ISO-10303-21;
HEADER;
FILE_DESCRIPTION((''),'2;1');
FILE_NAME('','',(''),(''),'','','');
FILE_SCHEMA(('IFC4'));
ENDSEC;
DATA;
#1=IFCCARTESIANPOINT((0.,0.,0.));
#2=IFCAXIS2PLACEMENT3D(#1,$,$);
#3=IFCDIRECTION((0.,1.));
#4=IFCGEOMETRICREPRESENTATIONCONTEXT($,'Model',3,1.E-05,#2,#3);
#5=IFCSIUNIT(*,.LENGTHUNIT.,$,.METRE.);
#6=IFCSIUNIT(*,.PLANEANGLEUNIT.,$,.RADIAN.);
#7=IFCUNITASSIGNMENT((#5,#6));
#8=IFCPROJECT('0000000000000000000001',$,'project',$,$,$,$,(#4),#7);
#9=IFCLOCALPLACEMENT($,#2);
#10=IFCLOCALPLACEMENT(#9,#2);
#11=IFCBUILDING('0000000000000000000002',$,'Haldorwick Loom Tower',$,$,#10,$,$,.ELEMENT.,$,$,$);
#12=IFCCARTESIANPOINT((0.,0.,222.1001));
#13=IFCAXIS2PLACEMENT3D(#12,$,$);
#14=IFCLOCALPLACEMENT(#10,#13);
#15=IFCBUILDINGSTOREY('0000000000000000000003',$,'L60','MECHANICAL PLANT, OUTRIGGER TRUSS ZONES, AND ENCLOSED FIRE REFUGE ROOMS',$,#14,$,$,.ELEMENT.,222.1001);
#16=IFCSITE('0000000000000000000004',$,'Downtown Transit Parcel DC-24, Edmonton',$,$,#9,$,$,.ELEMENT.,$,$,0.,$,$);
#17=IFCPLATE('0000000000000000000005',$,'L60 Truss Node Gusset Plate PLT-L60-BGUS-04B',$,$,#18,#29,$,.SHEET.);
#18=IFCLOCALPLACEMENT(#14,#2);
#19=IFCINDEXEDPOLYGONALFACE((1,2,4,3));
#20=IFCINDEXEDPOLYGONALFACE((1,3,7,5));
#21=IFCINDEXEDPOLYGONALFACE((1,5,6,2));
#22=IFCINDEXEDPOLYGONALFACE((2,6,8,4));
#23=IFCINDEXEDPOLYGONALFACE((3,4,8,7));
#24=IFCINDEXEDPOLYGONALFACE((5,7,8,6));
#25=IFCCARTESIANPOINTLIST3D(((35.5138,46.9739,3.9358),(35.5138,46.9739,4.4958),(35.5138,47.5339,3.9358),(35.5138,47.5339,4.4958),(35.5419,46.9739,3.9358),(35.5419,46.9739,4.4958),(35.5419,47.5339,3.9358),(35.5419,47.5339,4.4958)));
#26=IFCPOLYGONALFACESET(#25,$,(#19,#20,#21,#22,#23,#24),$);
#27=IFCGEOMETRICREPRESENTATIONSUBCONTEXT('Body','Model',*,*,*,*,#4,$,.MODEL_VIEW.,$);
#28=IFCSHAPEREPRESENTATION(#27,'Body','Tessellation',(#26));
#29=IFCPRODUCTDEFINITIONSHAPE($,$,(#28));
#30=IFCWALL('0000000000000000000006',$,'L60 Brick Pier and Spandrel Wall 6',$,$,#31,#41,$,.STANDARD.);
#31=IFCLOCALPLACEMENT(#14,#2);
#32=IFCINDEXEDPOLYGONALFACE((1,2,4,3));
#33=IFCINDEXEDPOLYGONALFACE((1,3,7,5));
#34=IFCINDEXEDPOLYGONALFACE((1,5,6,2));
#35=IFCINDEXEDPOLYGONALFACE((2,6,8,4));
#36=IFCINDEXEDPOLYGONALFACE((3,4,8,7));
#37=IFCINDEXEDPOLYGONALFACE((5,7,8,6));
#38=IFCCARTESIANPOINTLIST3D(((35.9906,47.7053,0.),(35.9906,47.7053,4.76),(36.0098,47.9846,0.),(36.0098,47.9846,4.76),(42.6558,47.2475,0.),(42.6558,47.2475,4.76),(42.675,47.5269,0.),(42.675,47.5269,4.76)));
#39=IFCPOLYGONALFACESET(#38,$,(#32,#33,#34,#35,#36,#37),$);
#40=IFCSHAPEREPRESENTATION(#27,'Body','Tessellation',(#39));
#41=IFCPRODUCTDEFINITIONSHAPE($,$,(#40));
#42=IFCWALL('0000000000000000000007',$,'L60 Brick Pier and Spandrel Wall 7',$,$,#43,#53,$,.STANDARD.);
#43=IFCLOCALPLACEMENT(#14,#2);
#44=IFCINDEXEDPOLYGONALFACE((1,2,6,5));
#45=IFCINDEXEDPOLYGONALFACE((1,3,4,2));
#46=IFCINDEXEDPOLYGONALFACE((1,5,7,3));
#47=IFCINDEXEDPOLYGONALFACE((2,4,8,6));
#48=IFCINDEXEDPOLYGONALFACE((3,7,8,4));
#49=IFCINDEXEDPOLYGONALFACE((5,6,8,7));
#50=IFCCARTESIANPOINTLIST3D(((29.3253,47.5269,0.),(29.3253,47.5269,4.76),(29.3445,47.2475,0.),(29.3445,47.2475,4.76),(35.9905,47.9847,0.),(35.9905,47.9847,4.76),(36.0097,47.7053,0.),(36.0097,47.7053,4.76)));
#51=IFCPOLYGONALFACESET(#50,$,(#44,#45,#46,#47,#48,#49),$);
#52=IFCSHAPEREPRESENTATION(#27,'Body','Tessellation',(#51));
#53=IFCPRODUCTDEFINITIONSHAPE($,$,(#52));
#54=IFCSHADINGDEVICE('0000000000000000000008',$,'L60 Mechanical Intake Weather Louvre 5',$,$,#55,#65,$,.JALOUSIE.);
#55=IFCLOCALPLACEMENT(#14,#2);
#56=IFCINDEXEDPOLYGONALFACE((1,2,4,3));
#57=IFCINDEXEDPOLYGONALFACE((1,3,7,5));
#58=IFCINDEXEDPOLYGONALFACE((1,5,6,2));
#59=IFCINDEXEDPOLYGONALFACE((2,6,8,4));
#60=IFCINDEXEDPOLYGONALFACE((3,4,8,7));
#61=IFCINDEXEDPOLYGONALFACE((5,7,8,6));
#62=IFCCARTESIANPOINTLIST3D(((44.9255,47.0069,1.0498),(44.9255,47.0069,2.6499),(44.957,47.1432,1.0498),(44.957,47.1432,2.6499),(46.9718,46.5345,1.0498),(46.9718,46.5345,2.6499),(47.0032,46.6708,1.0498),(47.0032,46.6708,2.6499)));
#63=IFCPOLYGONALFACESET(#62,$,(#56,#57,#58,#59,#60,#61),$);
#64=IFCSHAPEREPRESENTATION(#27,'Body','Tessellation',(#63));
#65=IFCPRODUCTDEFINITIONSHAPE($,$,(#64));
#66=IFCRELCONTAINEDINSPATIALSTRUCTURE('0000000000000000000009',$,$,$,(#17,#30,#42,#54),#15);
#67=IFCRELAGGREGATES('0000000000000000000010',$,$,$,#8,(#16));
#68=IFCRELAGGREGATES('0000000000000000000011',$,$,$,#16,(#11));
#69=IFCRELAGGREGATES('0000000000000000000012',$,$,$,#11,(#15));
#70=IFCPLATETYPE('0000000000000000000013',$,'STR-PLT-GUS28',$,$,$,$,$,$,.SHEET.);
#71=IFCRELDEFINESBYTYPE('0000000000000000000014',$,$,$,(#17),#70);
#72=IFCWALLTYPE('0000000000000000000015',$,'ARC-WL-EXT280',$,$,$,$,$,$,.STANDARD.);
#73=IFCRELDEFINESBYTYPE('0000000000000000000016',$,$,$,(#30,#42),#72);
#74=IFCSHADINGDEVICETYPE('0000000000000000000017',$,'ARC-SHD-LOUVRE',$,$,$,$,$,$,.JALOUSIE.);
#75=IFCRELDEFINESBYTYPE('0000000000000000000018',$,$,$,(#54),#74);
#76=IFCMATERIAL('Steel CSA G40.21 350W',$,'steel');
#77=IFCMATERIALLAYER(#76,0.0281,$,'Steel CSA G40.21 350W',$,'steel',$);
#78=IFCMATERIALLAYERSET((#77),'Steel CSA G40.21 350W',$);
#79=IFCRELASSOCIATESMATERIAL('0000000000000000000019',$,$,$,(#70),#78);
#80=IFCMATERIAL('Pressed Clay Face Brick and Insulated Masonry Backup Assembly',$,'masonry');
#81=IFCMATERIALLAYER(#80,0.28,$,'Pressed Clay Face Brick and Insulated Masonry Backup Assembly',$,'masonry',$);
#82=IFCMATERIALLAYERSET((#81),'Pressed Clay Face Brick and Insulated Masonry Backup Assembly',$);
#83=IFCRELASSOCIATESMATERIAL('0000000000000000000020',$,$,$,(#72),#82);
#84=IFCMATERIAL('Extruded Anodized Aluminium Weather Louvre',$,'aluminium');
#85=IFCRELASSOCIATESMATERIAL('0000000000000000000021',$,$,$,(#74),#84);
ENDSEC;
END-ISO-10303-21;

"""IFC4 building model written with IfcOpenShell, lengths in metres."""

from ifc_helpers import new_model, si_unit, direction, frame, frame_2d, origin, origin_2d, place, context, subcontext, project, spatial, rectangle, extrude, material, layer, layer_set, type_object, element, save


model = new_model("IFC4")

# Units and contexts
model_context = context("Model", 3, precision=1e-05, world=origin(), true_north=direction((0.0, 1.0)))
body_context = subcontext(model_context, "Body", "Model", "MODEL_VIEW")
ifc_project = project(units=[si_unit("LENGTHUNIT", "METRE"), si_unit("PLANEANGLEUNIT", "RADIAN")], contexts=[model_context])

# Site, building, storey
site_placement = place(None, origin())
site = spatial("IfcSite", under=ifc_project, at=site_placement, Name="Downtown Transit Parcel DC-24, Edmonton", CompositionType="ELEMENT", RefElevation=0.0)
building_placement = place(site_placement, origin())
building = spatial("IfcBuilding", under=site, at=building_placement, Name="Haldorwick Loom Tower", CompositionType="ELEMENT")
storey_placement = place(building_placement, frame((0.0, 0.0, 222.1001)))
storey = spatial("IfcBuildingStorey", under=building, at=storey_placement, Name="L60", Description="MECHANICAL PLANT, OUTRIGGER TRUSS ZONES, AND ENCLOSED FIRE REFUGE ROOMS", CompositionType="ELEMENT", Elevation=222.1001)

# Shared definitions
ifc_material_1 = material(Name="Steel CSA G40.21 350W", Category="steel")

# Plate
ifc_layer_1 = layer(ifc_material_1, 0.0281, Name="Steel CSA G40.21 350W", Category="steel")
ifc_layer_set_1 = layer_set([ifc_layer_1], Name="Steel CSA G40.21 350W")
plate_type = type_object("IfcPlateType", Name="STR-PLT-GUS28", PredefinedType="SHEET", material=ifc_layer_set_1)
for number, where, z_axis, x_axis, name in (
    (1, (35.5278, 47.2539, 3.9358), (0.0, 0.0, 1.0), (0.0, 1.0, 0.0), "L60 Truss Node Gusset Plate PLT-L60-BGUS-04B"),
):
    element("IfcPlate", number, at=place(storey_placement, frame(where, z_axis=z_axis, x_axis=x_axis)), inside=storey, type_object=plate_type, Name=name, PredefinedType="SHEET", context=body_context, shape_type="SweptSolid", body=[
        extrude(rectangle(XDim=0.5601, YDim=0.0281, at=origin_2d()), origin(), (0.0, 0.0, 1.0), 0.5601),
    ])

# Walls
ifc_material_2 = material(Name="Pressed Clay Face Brick and Insulated Masonry Backup Assembly", Category="masonry")
ifc_layer_2 = layer(ifc_material_2, 0.28, Name="Pressed Clay Face Brick and Insulated Masonry Backup Assembly", Category="masonry")
ifc_layer_set_2 = layer_set([ifc_layer_2], Name="Pressed Clay Face Brick and Insulated Masonry Backup Assembly")
wall_type = type_object("IfcWallType", Name="ARC-WL-EXT280", PredefinedType="STANDARD", material=ifc_layer_set_2)
for number, where, z_axis, x_axis, name in (
    (2, (42.6653, 47.3872, 0.0), (0.0, 0.0, 1.0), (-0.99765, 0.068517, 0.0), "L60 Brick Pier and Spandrel Wall 6"),
    (3, (36.0, 47.845, 0.0), (0.0, 0.0, 1.0), (-0.99765, -0.068517, 0.0), "L60 Brick Pier and Spandrel Wall 7"),
):
    element("IfcWall", number, at=place(storey_placement, frame(where, z_axis=z_axis, x_axis=x_axis)), inside=storey, type_object=wall_type, Name=name, PredefinedType="STANDARD", context=body_context, shape_type="SweptSolid", body=[
        extrude(rectangle(XDim=6.6809, YDim=0.28, at=frame_2d((3.3403, 0.0))), origin(), (0.0, 0.0, 1.0), 4.76),
    ])

# Shading device
ifc_material_3 = material(Name="Extruded Anodized Aluminium Weather Louvre", Category="aluminium")
shading_device_type = type_object("IfcShadingDeviceType", Name="ARC-SHD-LOUVRE", PredefinedType="JALOUSIE", material=ifc_material_3)
shading_device_placement = place(storey_placement, frame((45.9644, 46.8389, 1.0498), z_axis=(0.0, 0.0, 1.0), x_axis=(-0.97437, 0.224951, 0.0)))
element("IfcShadingDevice", 4, at=shading_device_placement, inside=storey, type_object=shading_device_type, Name="L60 Mechanical Intake Weather Louvre 5", PredefinedType="JALOUSIE", context=body_context, shape_type="SweptSolid", body=[
    extrude(rectangle(XDim=2.1001, YDim=0.1399, at=origin_2d()), origin(), (0.0, 0.0, 1.0), 1.6001),
])

save(model, "model.ifc")
